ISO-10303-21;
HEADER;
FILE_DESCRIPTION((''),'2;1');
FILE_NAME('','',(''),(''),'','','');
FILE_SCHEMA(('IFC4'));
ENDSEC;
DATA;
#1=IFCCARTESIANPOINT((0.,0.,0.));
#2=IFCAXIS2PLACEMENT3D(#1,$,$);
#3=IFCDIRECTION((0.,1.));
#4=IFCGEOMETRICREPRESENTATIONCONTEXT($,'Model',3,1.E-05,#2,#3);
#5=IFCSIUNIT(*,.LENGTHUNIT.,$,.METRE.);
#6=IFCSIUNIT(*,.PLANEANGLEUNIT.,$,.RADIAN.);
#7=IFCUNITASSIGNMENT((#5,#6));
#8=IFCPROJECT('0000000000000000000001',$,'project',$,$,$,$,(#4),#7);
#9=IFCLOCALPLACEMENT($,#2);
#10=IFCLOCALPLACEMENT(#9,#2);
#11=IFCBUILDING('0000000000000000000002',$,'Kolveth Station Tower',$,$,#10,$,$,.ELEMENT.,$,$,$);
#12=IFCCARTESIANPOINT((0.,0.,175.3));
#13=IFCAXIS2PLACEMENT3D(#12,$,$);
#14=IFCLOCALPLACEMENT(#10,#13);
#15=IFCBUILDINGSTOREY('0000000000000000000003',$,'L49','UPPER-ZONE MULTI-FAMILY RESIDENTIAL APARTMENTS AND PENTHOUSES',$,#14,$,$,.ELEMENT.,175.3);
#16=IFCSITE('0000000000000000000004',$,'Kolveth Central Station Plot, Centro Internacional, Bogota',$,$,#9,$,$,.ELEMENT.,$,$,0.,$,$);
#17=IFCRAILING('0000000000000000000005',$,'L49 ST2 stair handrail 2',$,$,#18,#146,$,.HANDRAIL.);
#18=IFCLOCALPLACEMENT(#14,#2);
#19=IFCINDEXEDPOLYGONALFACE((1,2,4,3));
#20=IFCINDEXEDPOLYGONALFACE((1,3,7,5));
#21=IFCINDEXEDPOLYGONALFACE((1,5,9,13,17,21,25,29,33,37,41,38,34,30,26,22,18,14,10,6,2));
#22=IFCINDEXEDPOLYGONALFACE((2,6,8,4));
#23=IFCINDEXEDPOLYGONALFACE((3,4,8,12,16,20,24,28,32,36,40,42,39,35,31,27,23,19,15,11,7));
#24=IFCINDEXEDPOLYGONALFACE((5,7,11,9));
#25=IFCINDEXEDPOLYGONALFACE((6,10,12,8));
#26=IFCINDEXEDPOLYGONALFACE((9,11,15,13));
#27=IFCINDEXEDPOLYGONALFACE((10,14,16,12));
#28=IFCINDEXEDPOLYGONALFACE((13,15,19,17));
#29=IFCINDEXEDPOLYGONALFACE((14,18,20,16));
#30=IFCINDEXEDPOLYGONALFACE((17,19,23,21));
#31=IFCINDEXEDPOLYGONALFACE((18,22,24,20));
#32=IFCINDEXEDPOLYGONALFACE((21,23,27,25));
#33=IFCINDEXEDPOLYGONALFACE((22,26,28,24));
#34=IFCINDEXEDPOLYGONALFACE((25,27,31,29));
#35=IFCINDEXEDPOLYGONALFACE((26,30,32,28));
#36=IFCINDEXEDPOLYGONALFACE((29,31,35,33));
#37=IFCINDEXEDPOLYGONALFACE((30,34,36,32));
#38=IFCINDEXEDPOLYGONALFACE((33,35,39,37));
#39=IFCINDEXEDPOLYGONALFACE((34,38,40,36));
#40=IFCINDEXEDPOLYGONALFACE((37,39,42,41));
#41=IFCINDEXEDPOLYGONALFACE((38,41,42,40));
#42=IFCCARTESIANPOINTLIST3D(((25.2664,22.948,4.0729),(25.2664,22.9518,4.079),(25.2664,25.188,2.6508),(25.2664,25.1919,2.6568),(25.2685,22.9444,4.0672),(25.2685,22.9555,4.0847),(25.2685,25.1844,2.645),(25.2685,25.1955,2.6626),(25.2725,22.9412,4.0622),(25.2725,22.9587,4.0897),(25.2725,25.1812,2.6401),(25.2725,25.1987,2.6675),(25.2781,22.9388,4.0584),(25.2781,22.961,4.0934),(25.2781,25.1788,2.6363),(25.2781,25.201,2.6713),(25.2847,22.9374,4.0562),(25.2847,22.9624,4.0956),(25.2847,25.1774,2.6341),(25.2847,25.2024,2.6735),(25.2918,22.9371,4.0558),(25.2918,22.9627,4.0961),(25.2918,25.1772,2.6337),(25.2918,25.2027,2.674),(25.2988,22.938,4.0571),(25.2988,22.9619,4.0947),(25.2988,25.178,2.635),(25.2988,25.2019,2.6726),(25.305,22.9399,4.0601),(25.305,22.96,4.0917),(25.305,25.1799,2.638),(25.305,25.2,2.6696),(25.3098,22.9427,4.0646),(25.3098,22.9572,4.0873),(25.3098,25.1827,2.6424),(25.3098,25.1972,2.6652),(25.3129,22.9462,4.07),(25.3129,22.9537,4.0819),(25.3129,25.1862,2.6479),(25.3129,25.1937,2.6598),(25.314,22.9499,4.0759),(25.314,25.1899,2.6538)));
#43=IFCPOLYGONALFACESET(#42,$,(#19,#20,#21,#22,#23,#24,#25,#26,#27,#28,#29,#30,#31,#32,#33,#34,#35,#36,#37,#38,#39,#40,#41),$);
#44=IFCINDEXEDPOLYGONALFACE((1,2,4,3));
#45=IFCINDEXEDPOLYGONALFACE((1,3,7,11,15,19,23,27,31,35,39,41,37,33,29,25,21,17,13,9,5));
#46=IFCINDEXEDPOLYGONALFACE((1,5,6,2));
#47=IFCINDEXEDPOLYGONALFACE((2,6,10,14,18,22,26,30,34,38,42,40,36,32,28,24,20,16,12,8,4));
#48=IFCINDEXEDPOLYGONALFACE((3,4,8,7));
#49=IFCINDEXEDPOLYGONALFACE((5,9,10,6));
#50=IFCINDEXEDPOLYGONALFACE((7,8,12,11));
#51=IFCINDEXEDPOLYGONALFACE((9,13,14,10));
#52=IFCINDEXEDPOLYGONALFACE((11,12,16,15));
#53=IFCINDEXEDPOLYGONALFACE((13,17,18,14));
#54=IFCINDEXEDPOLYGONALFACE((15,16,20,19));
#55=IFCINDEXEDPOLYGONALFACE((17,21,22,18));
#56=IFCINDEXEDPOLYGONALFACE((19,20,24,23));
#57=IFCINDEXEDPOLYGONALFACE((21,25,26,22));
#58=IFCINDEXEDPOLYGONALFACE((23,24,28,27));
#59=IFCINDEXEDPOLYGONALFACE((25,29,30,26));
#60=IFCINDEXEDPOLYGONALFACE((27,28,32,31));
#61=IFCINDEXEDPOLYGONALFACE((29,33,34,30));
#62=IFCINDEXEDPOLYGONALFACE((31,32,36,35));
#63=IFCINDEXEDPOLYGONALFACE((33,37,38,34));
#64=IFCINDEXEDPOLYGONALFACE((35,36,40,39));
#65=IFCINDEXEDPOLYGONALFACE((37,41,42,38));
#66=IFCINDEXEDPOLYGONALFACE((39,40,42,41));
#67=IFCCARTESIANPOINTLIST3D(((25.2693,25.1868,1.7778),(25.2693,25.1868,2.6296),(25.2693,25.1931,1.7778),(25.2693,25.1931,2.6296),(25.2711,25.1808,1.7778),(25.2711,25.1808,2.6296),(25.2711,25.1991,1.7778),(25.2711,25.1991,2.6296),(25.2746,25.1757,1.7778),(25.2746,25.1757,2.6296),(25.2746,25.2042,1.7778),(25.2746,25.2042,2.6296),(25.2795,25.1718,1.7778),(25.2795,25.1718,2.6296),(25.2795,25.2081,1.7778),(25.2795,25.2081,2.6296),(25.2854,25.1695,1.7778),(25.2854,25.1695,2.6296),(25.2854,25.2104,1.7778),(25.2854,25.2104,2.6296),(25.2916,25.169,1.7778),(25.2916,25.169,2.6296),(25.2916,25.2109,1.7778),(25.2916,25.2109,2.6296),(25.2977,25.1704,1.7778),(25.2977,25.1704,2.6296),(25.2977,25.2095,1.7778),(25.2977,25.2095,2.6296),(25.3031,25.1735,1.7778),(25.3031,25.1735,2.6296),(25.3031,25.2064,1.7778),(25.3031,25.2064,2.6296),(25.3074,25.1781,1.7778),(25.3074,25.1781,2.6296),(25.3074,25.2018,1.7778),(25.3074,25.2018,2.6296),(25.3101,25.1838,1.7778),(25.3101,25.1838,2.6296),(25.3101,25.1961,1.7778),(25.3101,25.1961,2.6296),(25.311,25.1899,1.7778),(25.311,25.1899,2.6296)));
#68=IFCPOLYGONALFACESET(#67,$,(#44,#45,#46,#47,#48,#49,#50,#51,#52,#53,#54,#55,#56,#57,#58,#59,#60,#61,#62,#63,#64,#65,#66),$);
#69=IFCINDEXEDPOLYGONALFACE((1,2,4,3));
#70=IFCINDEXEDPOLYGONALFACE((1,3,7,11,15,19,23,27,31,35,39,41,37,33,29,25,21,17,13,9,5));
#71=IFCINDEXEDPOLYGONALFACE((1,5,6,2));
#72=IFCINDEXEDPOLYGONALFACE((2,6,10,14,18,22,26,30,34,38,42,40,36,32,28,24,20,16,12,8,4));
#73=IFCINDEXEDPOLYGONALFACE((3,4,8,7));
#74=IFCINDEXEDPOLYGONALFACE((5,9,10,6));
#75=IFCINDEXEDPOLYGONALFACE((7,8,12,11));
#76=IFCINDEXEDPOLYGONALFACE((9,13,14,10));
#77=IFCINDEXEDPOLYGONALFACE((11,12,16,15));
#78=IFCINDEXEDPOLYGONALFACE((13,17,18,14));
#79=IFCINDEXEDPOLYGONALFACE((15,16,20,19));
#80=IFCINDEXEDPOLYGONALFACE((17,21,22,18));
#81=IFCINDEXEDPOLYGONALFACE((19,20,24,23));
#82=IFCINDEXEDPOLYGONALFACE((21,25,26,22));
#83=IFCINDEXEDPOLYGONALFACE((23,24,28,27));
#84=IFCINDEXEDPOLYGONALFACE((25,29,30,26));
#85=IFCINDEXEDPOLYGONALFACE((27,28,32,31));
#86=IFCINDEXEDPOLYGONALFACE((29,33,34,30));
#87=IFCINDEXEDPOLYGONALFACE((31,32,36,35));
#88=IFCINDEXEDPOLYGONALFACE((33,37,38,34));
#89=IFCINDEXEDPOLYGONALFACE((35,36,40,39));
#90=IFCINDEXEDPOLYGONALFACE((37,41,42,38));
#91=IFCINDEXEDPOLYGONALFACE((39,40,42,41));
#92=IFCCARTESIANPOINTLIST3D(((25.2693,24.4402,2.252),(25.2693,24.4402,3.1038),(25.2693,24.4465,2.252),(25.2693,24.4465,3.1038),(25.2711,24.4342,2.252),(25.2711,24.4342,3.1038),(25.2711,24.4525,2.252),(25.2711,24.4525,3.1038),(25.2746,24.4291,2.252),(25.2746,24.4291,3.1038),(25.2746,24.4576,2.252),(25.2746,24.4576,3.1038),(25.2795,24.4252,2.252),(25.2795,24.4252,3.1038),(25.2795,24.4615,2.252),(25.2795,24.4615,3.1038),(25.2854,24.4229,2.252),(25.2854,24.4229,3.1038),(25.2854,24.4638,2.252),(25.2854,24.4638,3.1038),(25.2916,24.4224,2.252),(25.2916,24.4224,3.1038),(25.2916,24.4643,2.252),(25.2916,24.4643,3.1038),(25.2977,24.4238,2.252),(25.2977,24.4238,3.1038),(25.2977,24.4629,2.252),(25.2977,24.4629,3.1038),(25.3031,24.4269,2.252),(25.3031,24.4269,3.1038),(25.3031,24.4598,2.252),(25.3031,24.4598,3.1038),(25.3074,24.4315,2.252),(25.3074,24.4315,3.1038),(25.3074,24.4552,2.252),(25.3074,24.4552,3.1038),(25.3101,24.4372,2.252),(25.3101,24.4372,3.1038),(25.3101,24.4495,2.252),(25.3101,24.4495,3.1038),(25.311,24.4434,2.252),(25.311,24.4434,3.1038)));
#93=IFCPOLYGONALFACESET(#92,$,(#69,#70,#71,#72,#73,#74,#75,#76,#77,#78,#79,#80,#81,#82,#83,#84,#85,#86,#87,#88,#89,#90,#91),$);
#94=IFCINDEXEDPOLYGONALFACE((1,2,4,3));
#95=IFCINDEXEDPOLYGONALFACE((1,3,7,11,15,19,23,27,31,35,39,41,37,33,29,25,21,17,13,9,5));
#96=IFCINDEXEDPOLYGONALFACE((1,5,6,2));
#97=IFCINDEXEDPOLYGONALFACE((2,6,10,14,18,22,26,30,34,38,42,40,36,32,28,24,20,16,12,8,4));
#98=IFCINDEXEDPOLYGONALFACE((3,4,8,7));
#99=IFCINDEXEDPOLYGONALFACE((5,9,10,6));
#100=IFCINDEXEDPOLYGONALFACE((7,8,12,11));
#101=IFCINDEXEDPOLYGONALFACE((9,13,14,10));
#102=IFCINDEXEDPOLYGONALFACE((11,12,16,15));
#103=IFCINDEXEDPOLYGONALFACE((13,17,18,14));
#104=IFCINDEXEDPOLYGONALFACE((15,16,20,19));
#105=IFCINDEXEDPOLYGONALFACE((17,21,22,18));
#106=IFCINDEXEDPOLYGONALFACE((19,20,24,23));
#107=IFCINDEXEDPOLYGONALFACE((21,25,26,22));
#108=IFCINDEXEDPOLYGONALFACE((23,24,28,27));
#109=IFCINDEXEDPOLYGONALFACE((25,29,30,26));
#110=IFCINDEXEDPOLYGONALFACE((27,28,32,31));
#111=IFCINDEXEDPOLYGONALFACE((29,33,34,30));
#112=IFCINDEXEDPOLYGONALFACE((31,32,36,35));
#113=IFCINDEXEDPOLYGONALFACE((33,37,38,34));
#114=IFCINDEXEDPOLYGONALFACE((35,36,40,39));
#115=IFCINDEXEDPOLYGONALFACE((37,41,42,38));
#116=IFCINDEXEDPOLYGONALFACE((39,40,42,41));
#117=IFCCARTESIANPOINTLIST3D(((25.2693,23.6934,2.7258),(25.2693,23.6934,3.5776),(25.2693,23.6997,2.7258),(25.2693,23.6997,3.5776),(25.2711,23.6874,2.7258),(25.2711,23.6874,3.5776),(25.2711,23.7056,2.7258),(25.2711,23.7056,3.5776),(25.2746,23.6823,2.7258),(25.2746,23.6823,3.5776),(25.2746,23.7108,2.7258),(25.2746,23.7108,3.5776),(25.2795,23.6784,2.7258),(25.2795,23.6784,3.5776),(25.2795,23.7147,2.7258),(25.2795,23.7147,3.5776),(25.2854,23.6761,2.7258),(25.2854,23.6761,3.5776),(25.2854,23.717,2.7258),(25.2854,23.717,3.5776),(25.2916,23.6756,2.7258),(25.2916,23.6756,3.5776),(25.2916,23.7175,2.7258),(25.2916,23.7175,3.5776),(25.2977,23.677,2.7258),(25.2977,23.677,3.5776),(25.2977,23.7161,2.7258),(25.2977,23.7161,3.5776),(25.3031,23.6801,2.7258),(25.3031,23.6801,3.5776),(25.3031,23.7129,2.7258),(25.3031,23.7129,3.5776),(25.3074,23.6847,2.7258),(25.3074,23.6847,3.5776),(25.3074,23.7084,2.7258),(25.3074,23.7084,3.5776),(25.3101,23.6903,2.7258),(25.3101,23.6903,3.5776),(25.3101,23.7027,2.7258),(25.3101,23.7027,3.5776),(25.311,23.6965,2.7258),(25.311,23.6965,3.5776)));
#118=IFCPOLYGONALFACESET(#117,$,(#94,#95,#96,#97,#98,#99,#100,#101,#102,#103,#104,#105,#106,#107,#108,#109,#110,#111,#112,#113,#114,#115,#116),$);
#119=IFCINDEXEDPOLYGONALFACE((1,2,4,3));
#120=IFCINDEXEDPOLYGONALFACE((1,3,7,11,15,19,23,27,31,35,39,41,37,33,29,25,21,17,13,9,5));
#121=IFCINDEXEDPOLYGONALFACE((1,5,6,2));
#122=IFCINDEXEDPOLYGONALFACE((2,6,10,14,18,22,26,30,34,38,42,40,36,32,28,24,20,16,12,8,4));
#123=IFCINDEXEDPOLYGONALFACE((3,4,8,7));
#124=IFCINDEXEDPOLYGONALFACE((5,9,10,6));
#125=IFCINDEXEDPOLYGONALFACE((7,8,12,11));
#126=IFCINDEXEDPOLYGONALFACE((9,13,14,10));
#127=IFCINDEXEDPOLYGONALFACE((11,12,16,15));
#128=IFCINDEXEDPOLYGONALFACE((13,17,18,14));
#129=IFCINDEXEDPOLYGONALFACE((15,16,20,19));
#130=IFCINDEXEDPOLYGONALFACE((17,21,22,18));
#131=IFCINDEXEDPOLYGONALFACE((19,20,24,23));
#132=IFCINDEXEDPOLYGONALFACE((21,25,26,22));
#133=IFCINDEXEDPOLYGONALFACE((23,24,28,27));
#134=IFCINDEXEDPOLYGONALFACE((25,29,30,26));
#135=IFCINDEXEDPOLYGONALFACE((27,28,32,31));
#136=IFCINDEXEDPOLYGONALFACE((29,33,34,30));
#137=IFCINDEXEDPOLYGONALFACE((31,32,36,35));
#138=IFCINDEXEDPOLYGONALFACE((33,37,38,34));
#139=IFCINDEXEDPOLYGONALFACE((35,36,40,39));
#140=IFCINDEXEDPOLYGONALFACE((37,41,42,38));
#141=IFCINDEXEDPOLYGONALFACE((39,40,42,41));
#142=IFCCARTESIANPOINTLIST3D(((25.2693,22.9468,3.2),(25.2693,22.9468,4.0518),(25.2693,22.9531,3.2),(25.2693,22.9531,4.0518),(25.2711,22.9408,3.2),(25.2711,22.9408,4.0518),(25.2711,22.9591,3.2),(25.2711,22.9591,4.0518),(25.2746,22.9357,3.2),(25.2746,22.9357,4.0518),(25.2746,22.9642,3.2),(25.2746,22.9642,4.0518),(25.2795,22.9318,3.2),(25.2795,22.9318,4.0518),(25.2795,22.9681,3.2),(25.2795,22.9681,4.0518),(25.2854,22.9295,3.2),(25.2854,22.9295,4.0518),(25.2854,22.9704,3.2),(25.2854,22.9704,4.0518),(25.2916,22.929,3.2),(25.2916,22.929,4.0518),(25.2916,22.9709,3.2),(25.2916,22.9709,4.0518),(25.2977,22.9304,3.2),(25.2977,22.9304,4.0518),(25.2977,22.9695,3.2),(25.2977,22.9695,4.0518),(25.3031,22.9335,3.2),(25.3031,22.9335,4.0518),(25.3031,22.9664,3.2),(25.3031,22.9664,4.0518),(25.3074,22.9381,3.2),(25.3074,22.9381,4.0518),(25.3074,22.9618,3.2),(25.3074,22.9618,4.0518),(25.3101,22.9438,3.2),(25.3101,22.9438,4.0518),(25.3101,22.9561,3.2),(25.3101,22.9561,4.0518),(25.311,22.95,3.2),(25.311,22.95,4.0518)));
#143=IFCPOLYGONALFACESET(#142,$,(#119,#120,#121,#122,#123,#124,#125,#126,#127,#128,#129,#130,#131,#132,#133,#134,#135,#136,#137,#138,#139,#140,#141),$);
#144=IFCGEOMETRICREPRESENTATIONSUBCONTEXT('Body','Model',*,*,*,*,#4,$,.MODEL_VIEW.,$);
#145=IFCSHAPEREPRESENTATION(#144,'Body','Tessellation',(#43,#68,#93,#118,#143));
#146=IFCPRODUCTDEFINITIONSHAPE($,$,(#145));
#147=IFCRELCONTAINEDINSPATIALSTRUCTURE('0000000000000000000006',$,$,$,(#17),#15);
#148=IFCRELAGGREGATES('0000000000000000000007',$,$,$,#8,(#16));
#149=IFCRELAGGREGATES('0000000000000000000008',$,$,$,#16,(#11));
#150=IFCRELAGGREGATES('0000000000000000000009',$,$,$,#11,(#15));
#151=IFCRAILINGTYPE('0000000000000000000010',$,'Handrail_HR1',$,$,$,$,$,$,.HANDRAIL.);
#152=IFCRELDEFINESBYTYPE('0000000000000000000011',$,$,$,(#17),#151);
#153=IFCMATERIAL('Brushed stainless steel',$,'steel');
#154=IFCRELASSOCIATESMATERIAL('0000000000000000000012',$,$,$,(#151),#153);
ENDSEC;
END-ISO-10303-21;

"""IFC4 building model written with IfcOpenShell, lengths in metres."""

from ifc_helpers import new_model, si_unit, direction, frame, origin, origin_2d, place, context, subcontext, project, spatial, circle, extrude, material, type_object, element, save


model = new_model("IFC4")

# Units and contexts
model_context = context("Model", 3, precision=1e-05, world=origin(), true_north=direction((0.0, 1.0)))
body_context = subcontext(model_context, "Body", "Model", "MODEL_VIEW")
ifc_project = project(units=[si_unit("LENGTHUNIT", "METRE"), si_unit("PLANEANGLEUNIT", "RADIAN")], contexts=[model_context])

# Site, building, storey
site_placement = place(None, origin())
site = spatial("IfcSite", under=ifc_project, at=site_placement, Name="Kolveth Central Station Plot, Centro Internacional, Bogota", CompositionType="ELEMENT", RefElevation=0.0)
building_placement = place(site_placement, origin())
building = spatial("IfcBuilding", under=site, at=building_placement, Name="Kolveth Station Tower", CompositionType="ELEMENT")
storey_placement = place(building_placement, frame((0.0, 0.0, 175.3)))
storey = spatial("IfcBuildingStorey", under=building, at=storey_placement, Name="L49", Description="UPPER-ZONE MULTI-FAMILY RESIDENTIAL APARTMENTS AND PENTHOUSES", CompositionType="ELEMENT", Elevation=175.3)

# Railing
ifc_material_1 = material(Name="Brushed stainless steel", Category="steel")
railing_type_1 = type_object("IfcRailingType", Name="Handrail_HR1", PredefinedType="HANDRAIL", material=ifc_material_1)
railing_1_placement = place(storey_placement, frame((25.29, 25.1899, 1.7778)))
element("IfcRailing", 1, at=railing_1_placement, inside=storey, type_object=railing_type_1, Name="L49 ST2 stair handrail 2", PredefinedType="HANDRAIL", context=body_context, shape_type="SweptSolid", body=[
    extrude(circle(Radius=0.0239, at=origin_2d()), frame((0.0, 0.0, 0.876), z_axis=(0.0, -0.844229, 0.535982), x_axis=(1.0, 0.0, 0.0)), (0.0, 0.0, 1.0), 2.6533),
    extrude(circle(Radius=0.021, at=origin_2d()), origin(), (0.0, 0.0, 1.0), 0.8518),
    extrude(circle(Radius=0.021, at=origin_2d()), frame((0.0, -0.7466, 0.4741)), (0.0, 0.0, 1.0), 0.8518),
    extrude(circle(Radius=0.021, at=origin_2d()), frame((0.0, -1.4934, 0.948)), (0.0, 0.0, 1.0), 0.8518),
    extrude(circle(Radius=0.021, at=origin_2d()), frame((0.0, -2.24, 1.4221)), (0.0, 0.0, 1.0), 0.8518),
])

save(model, "model.ifc")
